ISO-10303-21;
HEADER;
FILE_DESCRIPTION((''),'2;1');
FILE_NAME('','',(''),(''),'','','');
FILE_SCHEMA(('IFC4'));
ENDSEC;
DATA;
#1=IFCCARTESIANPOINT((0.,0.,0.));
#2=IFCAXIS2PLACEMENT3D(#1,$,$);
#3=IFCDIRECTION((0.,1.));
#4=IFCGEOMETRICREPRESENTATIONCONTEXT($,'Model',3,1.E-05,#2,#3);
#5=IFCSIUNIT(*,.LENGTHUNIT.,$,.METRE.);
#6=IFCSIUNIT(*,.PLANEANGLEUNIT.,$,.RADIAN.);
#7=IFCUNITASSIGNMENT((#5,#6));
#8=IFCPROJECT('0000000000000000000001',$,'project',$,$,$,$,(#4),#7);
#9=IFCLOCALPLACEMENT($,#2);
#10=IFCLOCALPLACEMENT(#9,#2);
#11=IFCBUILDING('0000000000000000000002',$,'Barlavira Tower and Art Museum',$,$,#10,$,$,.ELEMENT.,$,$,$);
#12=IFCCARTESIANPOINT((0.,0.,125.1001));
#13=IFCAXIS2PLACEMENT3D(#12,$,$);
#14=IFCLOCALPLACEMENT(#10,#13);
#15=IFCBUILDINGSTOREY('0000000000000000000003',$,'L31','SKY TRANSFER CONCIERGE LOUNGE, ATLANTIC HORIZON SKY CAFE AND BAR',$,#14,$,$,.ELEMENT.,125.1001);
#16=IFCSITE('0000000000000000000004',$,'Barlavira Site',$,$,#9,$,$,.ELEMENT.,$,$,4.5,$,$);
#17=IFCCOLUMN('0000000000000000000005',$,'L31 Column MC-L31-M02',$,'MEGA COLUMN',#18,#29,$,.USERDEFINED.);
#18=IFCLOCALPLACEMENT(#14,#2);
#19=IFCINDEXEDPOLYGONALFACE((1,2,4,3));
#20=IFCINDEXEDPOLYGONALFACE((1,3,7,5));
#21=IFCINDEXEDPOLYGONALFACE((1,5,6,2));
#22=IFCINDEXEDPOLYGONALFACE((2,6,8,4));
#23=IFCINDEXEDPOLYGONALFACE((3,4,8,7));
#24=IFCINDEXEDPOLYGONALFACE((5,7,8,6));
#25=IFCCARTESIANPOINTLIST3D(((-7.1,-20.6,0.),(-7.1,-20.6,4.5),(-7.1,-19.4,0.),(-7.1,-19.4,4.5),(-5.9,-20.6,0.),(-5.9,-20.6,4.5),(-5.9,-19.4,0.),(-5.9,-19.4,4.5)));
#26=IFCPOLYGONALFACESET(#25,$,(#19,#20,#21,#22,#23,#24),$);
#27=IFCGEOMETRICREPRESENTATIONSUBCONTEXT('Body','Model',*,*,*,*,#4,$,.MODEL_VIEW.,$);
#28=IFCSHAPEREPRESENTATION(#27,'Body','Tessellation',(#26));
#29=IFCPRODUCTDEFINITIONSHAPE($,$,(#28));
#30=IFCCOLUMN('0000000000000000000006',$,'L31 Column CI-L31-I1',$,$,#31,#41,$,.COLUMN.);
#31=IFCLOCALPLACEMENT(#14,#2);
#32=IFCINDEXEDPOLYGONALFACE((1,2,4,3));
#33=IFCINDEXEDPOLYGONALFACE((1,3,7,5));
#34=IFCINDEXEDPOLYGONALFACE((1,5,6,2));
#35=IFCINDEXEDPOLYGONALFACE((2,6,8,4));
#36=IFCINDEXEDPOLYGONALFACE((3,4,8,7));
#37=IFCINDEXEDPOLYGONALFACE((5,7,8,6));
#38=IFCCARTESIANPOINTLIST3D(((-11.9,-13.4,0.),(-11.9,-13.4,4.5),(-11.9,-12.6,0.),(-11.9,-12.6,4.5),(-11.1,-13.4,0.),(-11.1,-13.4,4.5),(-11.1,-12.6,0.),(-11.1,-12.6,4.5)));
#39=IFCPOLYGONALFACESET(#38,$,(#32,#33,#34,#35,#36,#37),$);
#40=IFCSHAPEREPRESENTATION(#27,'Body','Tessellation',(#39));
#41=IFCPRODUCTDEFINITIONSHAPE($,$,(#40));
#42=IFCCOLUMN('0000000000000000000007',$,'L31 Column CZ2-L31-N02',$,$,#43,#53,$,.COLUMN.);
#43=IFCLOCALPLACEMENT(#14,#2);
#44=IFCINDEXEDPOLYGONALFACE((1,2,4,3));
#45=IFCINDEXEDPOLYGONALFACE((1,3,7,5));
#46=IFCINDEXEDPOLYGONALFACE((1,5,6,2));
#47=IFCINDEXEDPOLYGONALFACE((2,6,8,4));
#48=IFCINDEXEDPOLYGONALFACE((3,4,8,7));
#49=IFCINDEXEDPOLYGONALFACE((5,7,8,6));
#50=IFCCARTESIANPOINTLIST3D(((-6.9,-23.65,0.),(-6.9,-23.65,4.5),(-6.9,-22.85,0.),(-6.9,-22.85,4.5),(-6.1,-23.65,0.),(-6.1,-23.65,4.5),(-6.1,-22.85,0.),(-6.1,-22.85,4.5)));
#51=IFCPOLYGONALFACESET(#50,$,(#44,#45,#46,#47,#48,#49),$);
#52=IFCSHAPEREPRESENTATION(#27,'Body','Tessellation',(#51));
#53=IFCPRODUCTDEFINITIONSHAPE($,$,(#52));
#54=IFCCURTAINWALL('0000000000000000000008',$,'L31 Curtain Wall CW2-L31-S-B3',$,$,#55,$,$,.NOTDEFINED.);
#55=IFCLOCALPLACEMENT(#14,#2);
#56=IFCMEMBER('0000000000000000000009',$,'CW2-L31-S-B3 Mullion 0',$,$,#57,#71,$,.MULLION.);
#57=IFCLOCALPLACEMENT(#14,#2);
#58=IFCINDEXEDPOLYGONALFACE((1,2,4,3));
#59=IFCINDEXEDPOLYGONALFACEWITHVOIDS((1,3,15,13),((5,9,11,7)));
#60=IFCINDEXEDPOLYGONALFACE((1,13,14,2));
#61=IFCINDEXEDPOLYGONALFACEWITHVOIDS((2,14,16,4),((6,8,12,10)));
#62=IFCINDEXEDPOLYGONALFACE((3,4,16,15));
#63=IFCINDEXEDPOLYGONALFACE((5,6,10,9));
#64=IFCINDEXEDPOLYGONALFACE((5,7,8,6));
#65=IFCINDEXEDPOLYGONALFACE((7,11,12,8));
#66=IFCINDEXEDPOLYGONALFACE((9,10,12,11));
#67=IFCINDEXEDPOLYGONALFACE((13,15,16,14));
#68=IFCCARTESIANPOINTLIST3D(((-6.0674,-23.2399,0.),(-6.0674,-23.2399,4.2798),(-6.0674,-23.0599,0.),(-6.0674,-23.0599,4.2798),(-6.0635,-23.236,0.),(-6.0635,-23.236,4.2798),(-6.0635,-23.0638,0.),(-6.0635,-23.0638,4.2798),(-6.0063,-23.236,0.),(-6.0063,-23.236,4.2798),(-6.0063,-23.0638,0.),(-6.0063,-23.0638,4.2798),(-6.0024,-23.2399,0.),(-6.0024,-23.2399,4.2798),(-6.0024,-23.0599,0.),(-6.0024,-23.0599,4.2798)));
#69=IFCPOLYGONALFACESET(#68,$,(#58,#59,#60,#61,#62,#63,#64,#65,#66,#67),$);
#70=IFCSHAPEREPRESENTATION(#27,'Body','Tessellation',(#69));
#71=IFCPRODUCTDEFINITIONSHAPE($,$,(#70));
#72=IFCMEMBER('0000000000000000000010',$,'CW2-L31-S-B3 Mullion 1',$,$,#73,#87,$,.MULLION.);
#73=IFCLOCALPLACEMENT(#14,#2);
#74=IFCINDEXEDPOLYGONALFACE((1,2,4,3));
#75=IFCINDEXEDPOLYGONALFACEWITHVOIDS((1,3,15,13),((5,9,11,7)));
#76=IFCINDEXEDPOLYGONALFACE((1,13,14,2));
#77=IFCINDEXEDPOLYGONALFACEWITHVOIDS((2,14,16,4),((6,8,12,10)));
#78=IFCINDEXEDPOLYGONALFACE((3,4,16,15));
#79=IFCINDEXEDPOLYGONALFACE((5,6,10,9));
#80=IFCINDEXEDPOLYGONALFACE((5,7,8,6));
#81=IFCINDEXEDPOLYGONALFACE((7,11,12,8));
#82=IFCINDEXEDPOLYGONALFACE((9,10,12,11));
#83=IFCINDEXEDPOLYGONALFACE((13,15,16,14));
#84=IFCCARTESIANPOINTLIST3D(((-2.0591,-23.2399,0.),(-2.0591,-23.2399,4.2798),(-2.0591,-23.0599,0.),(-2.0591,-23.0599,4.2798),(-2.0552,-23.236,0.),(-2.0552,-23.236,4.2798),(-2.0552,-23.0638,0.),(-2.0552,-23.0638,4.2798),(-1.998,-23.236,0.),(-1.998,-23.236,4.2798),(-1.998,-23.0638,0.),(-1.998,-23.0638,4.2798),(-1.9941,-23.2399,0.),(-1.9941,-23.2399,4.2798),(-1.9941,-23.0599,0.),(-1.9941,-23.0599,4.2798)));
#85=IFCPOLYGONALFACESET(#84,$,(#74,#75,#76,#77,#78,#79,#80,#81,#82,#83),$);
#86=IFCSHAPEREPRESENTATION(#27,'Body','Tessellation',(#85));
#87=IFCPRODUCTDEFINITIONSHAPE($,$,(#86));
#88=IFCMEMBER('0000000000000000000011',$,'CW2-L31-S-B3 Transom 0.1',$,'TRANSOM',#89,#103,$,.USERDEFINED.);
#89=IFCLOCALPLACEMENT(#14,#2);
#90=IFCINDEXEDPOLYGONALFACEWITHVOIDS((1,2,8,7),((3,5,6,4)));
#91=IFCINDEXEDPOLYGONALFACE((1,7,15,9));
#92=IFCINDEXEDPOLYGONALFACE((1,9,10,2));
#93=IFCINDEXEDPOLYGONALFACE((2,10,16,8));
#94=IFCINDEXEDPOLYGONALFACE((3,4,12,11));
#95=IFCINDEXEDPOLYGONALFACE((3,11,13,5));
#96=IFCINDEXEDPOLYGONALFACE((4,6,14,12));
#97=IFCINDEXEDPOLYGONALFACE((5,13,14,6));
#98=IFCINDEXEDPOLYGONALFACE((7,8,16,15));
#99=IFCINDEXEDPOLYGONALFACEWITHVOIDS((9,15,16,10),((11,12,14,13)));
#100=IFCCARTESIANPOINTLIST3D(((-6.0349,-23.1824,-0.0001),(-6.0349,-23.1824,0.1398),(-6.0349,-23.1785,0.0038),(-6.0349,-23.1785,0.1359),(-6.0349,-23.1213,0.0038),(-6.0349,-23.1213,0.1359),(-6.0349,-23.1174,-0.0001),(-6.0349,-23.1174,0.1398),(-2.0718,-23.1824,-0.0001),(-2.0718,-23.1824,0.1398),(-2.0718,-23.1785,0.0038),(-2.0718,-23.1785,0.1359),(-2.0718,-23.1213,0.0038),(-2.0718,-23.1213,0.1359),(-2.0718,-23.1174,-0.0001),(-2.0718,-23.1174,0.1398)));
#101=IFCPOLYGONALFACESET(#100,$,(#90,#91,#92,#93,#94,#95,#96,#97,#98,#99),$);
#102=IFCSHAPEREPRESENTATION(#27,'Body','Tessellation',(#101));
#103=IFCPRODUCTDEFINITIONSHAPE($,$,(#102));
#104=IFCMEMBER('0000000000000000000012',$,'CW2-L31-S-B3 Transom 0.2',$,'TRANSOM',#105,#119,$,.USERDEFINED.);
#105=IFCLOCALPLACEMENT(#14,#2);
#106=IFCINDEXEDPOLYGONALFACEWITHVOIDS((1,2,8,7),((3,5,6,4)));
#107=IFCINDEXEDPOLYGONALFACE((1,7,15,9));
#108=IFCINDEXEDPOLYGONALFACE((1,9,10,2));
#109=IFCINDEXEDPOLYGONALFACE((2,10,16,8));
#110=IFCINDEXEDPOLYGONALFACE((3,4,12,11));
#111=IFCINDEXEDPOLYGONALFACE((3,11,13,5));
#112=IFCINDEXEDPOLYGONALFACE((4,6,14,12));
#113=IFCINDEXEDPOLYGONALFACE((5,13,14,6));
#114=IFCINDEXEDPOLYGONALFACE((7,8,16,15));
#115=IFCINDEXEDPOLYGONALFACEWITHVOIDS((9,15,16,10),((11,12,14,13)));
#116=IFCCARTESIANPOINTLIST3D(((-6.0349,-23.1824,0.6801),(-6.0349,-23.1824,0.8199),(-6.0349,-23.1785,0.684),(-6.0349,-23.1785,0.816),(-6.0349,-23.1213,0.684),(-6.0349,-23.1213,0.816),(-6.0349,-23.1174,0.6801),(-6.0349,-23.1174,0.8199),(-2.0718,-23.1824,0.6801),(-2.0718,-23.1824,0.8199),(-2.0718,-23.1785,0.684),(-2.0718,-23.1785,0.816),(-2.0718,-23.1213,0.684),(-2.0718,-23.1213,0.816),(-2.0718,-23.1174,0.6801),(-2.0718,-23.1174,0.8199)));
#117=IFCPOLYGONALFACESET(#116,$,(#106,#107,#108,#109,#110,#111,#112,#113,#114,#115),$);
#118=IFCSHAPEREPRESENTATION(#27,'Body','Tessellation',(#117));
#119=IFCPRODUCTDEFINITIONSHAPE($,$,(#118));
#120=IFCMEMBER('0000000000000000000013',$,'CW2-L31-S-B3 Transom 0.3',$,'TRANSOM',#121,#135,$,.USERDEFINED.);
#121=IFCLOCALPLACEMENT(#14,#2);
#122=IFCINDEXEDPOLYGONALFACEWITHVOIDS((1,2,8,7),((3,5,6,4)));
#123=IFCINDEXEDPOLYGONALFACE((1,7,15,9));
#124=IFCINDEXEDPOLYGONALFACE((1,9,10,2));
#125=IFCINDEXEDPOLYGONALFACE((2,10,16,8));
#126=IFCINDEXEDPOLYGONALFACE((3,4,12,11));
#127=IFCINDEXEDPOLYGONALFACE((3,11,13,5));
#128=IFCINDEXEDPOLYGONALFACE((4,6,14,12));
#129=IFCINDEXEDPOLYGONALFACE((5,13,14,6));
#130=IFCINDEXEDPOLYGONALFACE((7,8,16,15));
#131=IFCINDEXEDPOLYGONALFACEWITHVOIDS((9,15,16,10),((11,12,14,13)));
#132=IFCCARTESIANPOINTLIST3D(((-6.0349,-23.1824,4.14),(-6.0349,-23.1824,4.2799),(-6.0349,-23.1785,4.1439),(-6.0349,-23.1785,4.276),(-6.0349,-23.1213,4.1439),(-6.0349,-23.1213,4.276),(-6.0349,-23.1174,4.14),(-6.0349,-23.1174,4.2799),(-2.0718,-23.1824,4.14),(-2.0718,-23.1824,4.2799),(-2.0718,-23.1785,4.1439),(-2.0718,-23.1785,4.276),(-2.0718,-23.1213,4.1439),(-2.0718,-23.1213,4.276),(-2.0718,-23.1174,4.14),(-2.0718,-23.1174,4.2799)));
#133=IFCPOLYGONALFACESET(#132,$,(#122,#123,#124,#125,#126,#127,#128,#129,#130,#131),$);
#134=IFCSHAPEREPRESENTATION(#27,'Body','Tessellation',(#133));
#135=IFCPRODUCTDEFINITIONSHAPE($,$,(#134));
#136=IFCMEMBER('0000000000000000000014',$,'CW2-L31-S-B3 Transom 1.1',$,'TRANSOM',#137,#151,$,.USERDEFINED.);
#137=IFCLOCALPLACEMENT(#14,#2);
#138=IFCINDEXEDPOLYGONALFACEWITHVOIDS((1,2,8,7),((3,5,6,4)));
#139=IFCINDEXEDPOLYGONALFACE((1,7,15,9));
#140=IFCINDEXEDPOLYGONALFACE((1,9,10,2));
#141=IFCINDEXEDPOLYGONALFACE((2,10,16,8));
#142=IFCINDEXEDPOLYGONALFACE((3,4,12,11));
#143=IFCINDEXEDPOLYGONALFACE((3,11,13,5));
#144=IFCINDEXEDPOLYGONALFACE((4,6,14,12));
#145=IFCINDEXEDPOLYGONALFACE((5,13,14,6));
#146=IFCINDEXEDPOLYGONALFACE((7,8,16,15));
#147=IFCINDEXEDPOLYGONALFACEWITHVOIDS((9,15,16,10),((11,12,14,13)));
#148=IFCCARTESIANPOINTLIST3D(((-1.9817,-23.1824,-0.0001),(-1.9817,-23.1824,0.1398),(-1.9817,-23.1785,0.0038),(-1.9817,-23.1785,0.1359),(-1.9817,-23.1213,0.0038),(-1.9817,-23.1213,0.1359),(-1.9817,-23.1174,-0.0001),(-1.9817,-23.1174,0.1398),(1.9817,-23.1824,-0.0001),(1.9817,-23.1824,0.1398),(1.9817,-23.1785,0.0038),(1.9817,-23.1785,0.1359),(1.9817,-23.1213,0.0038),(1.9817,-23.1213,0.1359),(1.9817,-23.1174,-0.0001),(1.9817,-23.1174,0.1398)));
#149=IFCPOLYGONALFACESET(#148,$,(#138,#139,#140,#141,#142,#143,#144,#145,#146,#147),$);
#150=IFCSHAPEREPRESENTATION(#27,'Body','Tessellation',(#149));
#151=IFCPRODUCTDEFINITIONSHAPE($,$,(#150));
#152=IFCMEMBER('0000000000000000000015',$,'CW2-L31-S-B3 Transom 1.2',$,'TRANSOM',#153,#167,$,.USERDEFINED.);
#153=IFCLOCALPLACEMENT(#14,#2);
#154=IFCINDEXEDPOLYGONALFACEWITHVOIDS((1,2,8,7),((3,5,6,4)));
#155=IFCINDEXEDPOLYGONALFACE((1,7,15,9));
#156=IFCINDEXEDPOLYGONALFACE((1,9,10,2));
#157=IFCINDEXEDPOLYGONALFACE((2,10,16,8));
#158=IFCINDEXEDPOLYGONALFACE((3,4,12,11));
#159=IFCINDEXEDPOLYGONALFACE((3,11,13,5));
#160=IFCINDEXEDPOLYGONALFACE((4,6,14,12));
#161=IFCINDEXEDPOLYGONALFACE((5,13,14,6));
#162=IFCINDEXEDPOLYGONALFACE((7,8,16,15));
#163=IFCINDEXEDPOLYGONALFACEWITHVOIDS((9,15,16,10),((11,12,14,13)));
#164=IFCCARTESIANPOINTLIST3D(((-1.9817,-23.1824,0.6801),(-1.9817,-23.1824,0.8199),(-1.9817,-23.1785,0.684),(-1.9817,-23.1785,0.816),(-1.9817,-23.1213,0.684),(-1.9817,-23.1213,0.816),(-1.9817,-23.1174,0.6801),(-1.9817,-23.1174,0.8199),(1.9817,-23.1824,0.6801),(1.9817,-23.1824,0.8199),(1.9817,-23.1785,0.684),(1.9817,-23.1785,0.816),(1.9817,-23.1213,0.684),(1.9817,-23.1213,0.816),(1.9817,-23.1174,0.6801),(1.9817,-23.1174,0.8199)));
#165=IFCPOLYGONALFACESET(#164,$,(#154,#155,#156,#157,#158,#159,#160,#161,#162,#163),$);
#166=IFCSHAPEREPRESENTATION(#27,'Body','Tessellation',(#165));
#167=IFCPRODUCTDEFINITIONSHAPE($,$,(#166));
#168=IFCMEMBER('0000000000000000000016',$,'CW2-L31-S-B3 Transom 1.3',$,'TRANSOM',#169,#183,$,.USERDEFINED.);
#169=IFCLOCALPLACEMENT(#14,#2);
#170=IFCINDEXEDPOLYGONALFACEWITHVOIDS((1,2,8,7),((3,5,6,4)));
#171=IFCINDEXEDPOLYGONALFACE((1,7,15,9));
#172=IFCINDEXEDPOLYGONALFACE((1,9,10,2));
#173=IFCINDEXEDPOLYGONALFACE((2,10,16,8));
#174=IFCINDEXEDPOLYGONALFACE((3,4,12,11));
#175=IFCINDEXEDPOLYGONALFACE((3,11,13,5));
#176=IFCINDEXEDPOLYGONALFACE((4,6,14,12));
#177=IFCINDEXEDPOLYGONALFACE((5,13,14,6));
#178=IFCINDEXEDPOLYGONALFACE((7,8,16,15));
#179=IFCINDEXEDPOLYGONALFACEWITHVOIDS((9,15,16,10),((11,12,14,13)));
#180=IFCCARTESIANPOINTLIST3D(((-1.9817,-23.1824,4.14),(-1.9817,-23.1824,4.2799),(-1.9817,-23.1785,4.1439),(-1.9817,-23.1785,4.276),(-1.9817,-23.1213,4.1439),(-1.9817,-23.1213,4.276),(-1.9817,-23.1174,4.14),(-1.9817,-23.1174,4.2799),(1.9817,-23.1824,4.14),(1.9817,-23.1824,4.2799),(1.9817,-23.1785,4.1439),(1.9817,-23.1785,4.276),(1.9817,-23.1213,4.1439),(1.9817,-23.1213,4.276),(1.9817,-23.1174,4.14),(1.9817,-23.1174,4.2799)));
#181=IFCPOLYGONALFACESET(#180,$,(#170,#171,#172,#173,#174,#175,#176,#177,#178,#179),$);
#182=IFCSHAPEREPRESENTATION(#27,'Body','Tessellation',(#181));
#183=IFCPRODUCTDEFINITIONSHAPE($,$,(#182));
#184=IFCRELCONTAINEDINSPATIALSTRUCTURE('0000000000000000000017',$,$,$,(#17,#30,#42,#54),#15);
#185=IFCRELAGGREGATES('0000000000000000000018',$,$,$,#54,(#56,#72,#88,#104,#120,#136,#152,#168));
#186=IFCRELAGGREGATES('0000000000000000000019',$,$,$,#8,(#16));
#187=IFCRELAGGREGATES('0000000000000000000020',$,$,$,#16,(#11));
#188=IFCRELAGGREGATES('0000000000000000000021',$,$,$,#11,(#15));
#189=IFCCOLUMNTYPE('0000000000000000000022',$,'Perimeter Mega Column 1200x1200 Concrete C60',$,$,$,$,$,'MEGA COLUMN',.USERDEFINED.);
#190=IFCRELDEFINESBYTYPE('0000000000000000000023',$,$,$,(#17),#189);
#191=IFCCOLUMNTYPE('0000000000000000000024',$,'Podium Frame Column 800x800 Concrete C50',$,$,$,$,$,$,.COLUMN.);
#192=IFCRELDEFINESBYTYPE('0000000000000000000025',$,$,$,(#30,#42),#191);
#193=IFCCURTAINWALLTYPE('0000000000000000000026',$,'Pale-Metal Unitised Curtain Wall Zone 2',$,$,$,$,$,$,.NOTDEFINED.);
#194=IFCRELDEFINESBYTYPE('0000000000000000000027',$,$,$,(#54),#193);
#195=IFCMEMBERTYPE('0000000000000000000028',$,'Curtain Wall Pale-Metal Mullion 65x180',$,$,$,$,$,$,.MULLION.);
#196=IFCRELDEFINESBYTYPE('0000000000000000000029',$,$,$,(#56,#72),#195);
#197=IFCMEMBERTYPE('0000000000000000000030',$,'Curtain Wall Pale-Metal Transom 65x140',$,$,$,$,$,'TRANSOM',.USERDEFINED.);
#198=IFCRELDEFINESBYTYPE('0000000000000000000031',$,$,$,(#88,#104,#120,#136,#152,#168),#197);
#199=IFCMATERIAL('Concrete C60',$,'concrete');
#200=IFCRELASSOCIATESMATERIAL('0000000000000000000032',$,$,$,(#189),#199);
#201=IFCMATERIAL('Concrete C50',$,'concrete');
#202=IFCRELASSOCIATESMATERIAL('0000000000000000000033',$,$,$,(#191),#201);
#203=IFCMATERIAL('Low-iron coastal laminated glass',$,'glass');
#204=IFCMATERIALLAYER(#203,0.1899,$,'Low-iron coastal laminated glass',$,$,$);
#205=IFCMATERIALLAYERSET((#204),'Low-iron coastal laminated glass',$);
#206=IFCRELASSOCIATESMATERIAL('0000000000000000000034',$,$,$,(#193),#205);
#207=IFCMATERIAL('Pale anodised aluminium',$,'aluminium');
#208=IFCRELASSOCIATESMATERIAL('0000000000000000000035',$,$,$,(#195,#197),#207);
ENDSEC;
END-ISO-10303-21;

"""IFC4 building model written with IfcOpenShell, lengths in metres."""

from ifc_helpers import new_model, si_unit, direction, frame, origin, origin_2d, place, context, subcontext, project, spatial, rectangle, hollow_rectangle, extrude, material, layer, layer_set, material_profile, profile_set, type_object, element, aggregate, save


model = new_model("IFC4")

# Units and contexts
model_context = context("Model", 3, precision=1e-05, world=origin(), true_north=direction((0.0, 1.0)))
body_context = subcontext(model_context, "Body", "Model", "MODEL_VIEW")
ifc_project = project(units=[si_unit("LENGTHUNIT", "METRE"), si_unit("PLANEANGLEUNIT", "RADIAN")], contexts=[model_context])

# Site, building, storey
site_placement = place(None, origin())
site = spatial("IfcSite", under=ifc_project, at=site_placement, Name="Barlavira Site", CompositionType="ELEMENT", RefElevation=4.5)
building_placement = place(site_placement, origin())
building = spatial("IfcBuilding", under=site, at=building_placement, Name="Barlavira Tower and Art Museum", CompositionType="ELEMENT")
storey_placement = place(building_placement, frame((0.0, 0.0, 125.1001)))
storey = spatial("IfcBuildingStorey", under=building, at=storey_placement, Name="L31", Description="SKY TRANSFER CONCIERGE LOUNGE, ATLANTIC HORIZON SKY CAFE AND BAR", CompositionType="ELEMENT", Elevation=125.1001)

# Columns
ifc_material_1 = material(Name="Concrete C60", Category="concrete")
ifc_material_profile_1 = material_profile(ifc_material_1, rectangle(XDim=1.2, YDim=1.2, at=origin_2d()), Name="RC-COL 1200x1200")
ifc_profile_set_1 = profile_set([ifc_material_profile_1], Name="Concrete C60")
column_type_1 = type_object("IfcColumnType", Name="Perimeter Mega Column 1200x1200 Concrete C60", ElementType="MEGA COLUMN", PredefinedType="USERDEFINED", material=ifc_profile_set_1)
column_placement = place(storey_placement, frame((-6.5, -20.0, 0.0), z_axis=(0.0, 0.0, 1.0), x_axis=(1.0, 0.0, 0.0)))
element("IfcColumn", 1, at=column_placement, inside=storey, type_object=column_type_1, Name="L31 Column MC-L31-M02", ObjectType="MEGA COLUMN", PredefinedType="USERDEFINED", context=body_context, shape_type="SweptSolid", body=[
    extrude(rectangle(XDim=1.2, YDim=1.2, at=origin_2d()), origin(), (0.0, 0.0, 1.0), 4.5),
])
ifc_material_2 = material(Name="Concrete C50", Category="concrete")
ifc_material_profile_2 = material_profile(ifc_material_2, rectangle(XDim=0.8, YDim=0.8, at=origin_2d()), Name="RC-COL 800x800")
ifc_profile_set_2 = profile_set([ifc_material_profile_2], Name="Concrete C50")
column_type_2 = type_object("IfcColumnType", Name="Podium Frame Column 800x800 Concrete C50", PredefinedType="COLUMN", material=ifc_profile_set_2)
for number, where, z_axis, x_axis, name in (
    (2, (-11.5, -13.0, 0.0), (0.0, 0.0, 1.0), (1.0, 0.0, 0.0), "L31 Column CI-L31-I1"),
    (3, (-6.5, -23.25, 0.0), (0.0, 0.0, 1.0), (1.0, 0.0, 0.0), "L31 Column CZ2-L31-N02"),
):
    element("IfcColumn", number, at=place(storey_placement, frame(where, z_axis=z_axis, x_axis=x_axis)), inside=storey, type_object=column_type_2, Name=name, PredefinedType="COLUMN", context=body_context, shape_type="SweptSolid", body=[
        extrude(rectangle(XDim=0.8, YDim=0.8, at=origin_2d()), origin(), (0.0, 0.0, 1.0), 4.5),
    ])

# Curtain wall, members
ifc_material_3 = material(Name="Low-iron coastal laminated glass", Category="glass")
ifc_layer_1 = layer(ifc_material_3, 0.1899, Name="Low-iron coastal laminated glass")
ifc_layer_set_1 = layer_set([ifc_layer_1], Name="Low-iron coastal laminated glass")
curtain_wall_type = type_object("IfcCurtainWallType", Name="Pale-Metal Unitised Curtain Wall Zone 2", PredefinedType="NOTDEFINED", material=ifc_layer_set_1)
curtain_wall_placement = place(storey_placement, origin())
curtain_wall = element("IfcCurtainWall", 4, at=curtain_wall_placement, inside=storey, type_object=curtain_wall_type, Name="L31 Curtain Wall CW2-L31-S-B3", PredefinedType="NOTDEFINED")
ifc_material_4 = material(Name="Pale anodised aluminium", Category="aluminium")
ifc_material_profile_3 = material_profile(ifc_material_4, hollow_rectangle(XDim=0.0649, YDim=0.1799, WallThickness=0.0039, at=origin_2d()), Name="ALU-MULL 65x180x4")
ifc_profile_set_3 = profile_set([ifc_material_profile_3], Name="Pale anodised aluminium")
member_type_1 = type_object("IfcMemberType", Name="Curtain Wall Pale-Metal Mullion 65x180", PredefinedType="MULLION", material=ifc_profile_set_3)
member_1_placement = place(storey_placement, frame((-6.0349, -23.1499, 0.0), z_axis=(0.0, 0.0, 1.0), x_axis=(1.0, 0.0, 0.0)))
member_1 = element("IfcMember", 5, at=member_1_placement, type_object=member_type_1, Name="CW2-L31-S-B3 Mullion 0", PredefinedType="MULLION", context=body_context, shape_type="SweptSolid", body=[
    extrude(hollow_rectangle(XDim=0.0649, YDim=0.1799, WallThickness=0.0039, at=origin_2d()), origin(), (0.0, 0.0, 1.0), 4.2798),
])
member_2_placement = place(storey_placement, frame((-2.0266, -23.1499, 0.0), z_axis=(0.0, 0.0, 1.0), x_axis=(1.0, 0.0, 0.0)))
member_2 = element("IfcMember", 6, at=member_2_placement, type_object=member_type_1, Name="CW2-L31-S-B3 Mullion 1", PredefinedType="MULLION", context=body_context, shape_type="SweptSolid", body=[
    extrude(hollow_rectangle(XDim=0.0649, YDim=0.1799, WallThickness=0.0039, at=origin_2d()), origin(), (0.0, 0.0, 1.0), 4.2798),
])
ifc_material_profile_4 = material_profile(ifc_material_4, hollow_rectangle(XDim=0.0649, YDim=0.1399, WallThickness=0.0039, at=origin_2d()), Name="ALU-TRAN 65x140x4")
ifc_profile_set_4 = profile_set([ifc_material_profile_4], Name="Pale anodised aluminium")
member_type_2 = type_object("IfcMemberType", Name="Curtain Wall Pale-Metal Transom 65x140", ElementType="TRANSOM", PredefinedType="USERDEFINED", material=ifc_profile_set_4)
member_3_placement = place(storey_placement, frame((-6.0349, -23.1499, 0.0698), z_axis=(1.0, 0.0, 0.0), x_axis=(0.0, 1.0, 0.0)))
member_3 = element("IfcMember", 7, at=member_3_placement, type_object=member_type_2, Name="CW2-L31-S-B3 Transom 0.1", ObjectType="TRANSOM", PredefinedType="USERDEFINED", context=body_context, shape_type="SweptSolid", body=[
    extrude(hollow_rectangle(XDim=0.0649, YDim=0.1399, WallThickness=0.0039, at=origin_2d()), origin(), (0.0, 0.0, 1.0), 3.9631),
])
member_4_placement = place(storey_placement, frame((-6.0349, -23.1499, 0.75), z_axis=(1.0, 0.0, 0.0), x_axis=(0.0, 1.0, 0.0)))
member_4 = element("IfcMember", 8, at=member_4_placement, type_object=member_type_2, Name="CW2-L31-S-B3 Transom 0.2", ObjectType="TRANSOM", PredefinedType="USERDEFINED", context=body_context, shape_type="SweptSolid", body=[
    extrude(hollow_rectangle(XDim=0.0649, YDim=0.1399, WallThickness=0.0039, at=origin_2d()), origin(), (0.0, 0.0, 1.0), 3.9631),
])
member_5_placement = place(storey_placement, frame((-6.0349, -23.1499, 4.21), z_axis=(1.0, 0.0, 0.0), x_axis=(0.0, 1.0, 0.0)))
member_5 = element("IfcMember", 9, at=member_5_placement, type_object=member_type_2, Name="CW2-L31-S-B3 Transom 0.3", ObjectType="TRANSOM", PredefinedType="USERDEFINED", context=body_context, shape_type="SweptSolid", body=[
    extrude(hollow_rectangle(XDim=0.0649, YDim=0.1399, WallThickness=0.0039, at=origin_2d()), origin(), (0.0, 0.0, 1.0), 3.9631),
])
member_6_placement = place(storey_placement, frame((-1.9817, -23.1499, 0.0698), z_axis=(1.0, 0.0, 0.0), x_axis=(0.0, 1.0, 0.0)))
member_6 = element("IfcMember", 10, at=member_6_placement, type_object=member_type_2, Name="CW2-L31-S-B3 Transom 1.1", ObjectType="TRANSOM", PredefinedType="USERDEFINED", context=body_context, shape_type="SweptSolid", body=[
    extrude(hollow_rectangle(XDim=0.0649, YDim=0.1399, WallThickness=0.0039, at=origin_2d()), origin(), (0.0, 0.0, 1.0), 3.9634),
])
member_7_placement = place(storey_placement, frame((-1.9817, -23.1499, 0.75), z_axis=(1.0, 0.0, 0.0), x_axis=(0.0, 1.0, 0.0)))
member_7 = element("IfcMember", 11, at=member_7_placement, type_object=member_type_2, Name="CW2-L31-S-B3 Transom 1.2", ObjectType="TRANSOM", PredefinedType="USERDEFINED", context=body_context, shape_type="SweptSolid", body=[
    extrude(hollow_rectangle(XDim=0.0649, YDim=0.1399, WallThickness=0.0039, at=origin_2d()), origin(), (0.0, 0.0, 1.0), 3.9634),
])
member_8_placement = place(storey_placement, frame((-1.9817, -23.1499, 4.21), z_axis=(1.0, 0.0, 0.0), x_axis=(0.0, 1.0, 0.0)))
member_8 = element("IfcMember", 12, at=member_8_placement, type_object=member_type_2, Name="CW2-L31-S-B3 Transom 1.3", ObjectType="TRANSOM", PredefinedType="USERDEFINED", context=body_context, shape_type="SweptSolid", body=[
    extrude(hollow_rectangle(XDim=0.0649, YDim=0.1399, WallThickness=0.0039, at=origin_2d()), origin(), (0.0, 0.0, 1.0), 3.9634),
])

aggregate(curtain_wall, [member_1, member_2, member_3, member_4, member_5, member_6, member_7, member_8])

save(model, "model.ifc")
